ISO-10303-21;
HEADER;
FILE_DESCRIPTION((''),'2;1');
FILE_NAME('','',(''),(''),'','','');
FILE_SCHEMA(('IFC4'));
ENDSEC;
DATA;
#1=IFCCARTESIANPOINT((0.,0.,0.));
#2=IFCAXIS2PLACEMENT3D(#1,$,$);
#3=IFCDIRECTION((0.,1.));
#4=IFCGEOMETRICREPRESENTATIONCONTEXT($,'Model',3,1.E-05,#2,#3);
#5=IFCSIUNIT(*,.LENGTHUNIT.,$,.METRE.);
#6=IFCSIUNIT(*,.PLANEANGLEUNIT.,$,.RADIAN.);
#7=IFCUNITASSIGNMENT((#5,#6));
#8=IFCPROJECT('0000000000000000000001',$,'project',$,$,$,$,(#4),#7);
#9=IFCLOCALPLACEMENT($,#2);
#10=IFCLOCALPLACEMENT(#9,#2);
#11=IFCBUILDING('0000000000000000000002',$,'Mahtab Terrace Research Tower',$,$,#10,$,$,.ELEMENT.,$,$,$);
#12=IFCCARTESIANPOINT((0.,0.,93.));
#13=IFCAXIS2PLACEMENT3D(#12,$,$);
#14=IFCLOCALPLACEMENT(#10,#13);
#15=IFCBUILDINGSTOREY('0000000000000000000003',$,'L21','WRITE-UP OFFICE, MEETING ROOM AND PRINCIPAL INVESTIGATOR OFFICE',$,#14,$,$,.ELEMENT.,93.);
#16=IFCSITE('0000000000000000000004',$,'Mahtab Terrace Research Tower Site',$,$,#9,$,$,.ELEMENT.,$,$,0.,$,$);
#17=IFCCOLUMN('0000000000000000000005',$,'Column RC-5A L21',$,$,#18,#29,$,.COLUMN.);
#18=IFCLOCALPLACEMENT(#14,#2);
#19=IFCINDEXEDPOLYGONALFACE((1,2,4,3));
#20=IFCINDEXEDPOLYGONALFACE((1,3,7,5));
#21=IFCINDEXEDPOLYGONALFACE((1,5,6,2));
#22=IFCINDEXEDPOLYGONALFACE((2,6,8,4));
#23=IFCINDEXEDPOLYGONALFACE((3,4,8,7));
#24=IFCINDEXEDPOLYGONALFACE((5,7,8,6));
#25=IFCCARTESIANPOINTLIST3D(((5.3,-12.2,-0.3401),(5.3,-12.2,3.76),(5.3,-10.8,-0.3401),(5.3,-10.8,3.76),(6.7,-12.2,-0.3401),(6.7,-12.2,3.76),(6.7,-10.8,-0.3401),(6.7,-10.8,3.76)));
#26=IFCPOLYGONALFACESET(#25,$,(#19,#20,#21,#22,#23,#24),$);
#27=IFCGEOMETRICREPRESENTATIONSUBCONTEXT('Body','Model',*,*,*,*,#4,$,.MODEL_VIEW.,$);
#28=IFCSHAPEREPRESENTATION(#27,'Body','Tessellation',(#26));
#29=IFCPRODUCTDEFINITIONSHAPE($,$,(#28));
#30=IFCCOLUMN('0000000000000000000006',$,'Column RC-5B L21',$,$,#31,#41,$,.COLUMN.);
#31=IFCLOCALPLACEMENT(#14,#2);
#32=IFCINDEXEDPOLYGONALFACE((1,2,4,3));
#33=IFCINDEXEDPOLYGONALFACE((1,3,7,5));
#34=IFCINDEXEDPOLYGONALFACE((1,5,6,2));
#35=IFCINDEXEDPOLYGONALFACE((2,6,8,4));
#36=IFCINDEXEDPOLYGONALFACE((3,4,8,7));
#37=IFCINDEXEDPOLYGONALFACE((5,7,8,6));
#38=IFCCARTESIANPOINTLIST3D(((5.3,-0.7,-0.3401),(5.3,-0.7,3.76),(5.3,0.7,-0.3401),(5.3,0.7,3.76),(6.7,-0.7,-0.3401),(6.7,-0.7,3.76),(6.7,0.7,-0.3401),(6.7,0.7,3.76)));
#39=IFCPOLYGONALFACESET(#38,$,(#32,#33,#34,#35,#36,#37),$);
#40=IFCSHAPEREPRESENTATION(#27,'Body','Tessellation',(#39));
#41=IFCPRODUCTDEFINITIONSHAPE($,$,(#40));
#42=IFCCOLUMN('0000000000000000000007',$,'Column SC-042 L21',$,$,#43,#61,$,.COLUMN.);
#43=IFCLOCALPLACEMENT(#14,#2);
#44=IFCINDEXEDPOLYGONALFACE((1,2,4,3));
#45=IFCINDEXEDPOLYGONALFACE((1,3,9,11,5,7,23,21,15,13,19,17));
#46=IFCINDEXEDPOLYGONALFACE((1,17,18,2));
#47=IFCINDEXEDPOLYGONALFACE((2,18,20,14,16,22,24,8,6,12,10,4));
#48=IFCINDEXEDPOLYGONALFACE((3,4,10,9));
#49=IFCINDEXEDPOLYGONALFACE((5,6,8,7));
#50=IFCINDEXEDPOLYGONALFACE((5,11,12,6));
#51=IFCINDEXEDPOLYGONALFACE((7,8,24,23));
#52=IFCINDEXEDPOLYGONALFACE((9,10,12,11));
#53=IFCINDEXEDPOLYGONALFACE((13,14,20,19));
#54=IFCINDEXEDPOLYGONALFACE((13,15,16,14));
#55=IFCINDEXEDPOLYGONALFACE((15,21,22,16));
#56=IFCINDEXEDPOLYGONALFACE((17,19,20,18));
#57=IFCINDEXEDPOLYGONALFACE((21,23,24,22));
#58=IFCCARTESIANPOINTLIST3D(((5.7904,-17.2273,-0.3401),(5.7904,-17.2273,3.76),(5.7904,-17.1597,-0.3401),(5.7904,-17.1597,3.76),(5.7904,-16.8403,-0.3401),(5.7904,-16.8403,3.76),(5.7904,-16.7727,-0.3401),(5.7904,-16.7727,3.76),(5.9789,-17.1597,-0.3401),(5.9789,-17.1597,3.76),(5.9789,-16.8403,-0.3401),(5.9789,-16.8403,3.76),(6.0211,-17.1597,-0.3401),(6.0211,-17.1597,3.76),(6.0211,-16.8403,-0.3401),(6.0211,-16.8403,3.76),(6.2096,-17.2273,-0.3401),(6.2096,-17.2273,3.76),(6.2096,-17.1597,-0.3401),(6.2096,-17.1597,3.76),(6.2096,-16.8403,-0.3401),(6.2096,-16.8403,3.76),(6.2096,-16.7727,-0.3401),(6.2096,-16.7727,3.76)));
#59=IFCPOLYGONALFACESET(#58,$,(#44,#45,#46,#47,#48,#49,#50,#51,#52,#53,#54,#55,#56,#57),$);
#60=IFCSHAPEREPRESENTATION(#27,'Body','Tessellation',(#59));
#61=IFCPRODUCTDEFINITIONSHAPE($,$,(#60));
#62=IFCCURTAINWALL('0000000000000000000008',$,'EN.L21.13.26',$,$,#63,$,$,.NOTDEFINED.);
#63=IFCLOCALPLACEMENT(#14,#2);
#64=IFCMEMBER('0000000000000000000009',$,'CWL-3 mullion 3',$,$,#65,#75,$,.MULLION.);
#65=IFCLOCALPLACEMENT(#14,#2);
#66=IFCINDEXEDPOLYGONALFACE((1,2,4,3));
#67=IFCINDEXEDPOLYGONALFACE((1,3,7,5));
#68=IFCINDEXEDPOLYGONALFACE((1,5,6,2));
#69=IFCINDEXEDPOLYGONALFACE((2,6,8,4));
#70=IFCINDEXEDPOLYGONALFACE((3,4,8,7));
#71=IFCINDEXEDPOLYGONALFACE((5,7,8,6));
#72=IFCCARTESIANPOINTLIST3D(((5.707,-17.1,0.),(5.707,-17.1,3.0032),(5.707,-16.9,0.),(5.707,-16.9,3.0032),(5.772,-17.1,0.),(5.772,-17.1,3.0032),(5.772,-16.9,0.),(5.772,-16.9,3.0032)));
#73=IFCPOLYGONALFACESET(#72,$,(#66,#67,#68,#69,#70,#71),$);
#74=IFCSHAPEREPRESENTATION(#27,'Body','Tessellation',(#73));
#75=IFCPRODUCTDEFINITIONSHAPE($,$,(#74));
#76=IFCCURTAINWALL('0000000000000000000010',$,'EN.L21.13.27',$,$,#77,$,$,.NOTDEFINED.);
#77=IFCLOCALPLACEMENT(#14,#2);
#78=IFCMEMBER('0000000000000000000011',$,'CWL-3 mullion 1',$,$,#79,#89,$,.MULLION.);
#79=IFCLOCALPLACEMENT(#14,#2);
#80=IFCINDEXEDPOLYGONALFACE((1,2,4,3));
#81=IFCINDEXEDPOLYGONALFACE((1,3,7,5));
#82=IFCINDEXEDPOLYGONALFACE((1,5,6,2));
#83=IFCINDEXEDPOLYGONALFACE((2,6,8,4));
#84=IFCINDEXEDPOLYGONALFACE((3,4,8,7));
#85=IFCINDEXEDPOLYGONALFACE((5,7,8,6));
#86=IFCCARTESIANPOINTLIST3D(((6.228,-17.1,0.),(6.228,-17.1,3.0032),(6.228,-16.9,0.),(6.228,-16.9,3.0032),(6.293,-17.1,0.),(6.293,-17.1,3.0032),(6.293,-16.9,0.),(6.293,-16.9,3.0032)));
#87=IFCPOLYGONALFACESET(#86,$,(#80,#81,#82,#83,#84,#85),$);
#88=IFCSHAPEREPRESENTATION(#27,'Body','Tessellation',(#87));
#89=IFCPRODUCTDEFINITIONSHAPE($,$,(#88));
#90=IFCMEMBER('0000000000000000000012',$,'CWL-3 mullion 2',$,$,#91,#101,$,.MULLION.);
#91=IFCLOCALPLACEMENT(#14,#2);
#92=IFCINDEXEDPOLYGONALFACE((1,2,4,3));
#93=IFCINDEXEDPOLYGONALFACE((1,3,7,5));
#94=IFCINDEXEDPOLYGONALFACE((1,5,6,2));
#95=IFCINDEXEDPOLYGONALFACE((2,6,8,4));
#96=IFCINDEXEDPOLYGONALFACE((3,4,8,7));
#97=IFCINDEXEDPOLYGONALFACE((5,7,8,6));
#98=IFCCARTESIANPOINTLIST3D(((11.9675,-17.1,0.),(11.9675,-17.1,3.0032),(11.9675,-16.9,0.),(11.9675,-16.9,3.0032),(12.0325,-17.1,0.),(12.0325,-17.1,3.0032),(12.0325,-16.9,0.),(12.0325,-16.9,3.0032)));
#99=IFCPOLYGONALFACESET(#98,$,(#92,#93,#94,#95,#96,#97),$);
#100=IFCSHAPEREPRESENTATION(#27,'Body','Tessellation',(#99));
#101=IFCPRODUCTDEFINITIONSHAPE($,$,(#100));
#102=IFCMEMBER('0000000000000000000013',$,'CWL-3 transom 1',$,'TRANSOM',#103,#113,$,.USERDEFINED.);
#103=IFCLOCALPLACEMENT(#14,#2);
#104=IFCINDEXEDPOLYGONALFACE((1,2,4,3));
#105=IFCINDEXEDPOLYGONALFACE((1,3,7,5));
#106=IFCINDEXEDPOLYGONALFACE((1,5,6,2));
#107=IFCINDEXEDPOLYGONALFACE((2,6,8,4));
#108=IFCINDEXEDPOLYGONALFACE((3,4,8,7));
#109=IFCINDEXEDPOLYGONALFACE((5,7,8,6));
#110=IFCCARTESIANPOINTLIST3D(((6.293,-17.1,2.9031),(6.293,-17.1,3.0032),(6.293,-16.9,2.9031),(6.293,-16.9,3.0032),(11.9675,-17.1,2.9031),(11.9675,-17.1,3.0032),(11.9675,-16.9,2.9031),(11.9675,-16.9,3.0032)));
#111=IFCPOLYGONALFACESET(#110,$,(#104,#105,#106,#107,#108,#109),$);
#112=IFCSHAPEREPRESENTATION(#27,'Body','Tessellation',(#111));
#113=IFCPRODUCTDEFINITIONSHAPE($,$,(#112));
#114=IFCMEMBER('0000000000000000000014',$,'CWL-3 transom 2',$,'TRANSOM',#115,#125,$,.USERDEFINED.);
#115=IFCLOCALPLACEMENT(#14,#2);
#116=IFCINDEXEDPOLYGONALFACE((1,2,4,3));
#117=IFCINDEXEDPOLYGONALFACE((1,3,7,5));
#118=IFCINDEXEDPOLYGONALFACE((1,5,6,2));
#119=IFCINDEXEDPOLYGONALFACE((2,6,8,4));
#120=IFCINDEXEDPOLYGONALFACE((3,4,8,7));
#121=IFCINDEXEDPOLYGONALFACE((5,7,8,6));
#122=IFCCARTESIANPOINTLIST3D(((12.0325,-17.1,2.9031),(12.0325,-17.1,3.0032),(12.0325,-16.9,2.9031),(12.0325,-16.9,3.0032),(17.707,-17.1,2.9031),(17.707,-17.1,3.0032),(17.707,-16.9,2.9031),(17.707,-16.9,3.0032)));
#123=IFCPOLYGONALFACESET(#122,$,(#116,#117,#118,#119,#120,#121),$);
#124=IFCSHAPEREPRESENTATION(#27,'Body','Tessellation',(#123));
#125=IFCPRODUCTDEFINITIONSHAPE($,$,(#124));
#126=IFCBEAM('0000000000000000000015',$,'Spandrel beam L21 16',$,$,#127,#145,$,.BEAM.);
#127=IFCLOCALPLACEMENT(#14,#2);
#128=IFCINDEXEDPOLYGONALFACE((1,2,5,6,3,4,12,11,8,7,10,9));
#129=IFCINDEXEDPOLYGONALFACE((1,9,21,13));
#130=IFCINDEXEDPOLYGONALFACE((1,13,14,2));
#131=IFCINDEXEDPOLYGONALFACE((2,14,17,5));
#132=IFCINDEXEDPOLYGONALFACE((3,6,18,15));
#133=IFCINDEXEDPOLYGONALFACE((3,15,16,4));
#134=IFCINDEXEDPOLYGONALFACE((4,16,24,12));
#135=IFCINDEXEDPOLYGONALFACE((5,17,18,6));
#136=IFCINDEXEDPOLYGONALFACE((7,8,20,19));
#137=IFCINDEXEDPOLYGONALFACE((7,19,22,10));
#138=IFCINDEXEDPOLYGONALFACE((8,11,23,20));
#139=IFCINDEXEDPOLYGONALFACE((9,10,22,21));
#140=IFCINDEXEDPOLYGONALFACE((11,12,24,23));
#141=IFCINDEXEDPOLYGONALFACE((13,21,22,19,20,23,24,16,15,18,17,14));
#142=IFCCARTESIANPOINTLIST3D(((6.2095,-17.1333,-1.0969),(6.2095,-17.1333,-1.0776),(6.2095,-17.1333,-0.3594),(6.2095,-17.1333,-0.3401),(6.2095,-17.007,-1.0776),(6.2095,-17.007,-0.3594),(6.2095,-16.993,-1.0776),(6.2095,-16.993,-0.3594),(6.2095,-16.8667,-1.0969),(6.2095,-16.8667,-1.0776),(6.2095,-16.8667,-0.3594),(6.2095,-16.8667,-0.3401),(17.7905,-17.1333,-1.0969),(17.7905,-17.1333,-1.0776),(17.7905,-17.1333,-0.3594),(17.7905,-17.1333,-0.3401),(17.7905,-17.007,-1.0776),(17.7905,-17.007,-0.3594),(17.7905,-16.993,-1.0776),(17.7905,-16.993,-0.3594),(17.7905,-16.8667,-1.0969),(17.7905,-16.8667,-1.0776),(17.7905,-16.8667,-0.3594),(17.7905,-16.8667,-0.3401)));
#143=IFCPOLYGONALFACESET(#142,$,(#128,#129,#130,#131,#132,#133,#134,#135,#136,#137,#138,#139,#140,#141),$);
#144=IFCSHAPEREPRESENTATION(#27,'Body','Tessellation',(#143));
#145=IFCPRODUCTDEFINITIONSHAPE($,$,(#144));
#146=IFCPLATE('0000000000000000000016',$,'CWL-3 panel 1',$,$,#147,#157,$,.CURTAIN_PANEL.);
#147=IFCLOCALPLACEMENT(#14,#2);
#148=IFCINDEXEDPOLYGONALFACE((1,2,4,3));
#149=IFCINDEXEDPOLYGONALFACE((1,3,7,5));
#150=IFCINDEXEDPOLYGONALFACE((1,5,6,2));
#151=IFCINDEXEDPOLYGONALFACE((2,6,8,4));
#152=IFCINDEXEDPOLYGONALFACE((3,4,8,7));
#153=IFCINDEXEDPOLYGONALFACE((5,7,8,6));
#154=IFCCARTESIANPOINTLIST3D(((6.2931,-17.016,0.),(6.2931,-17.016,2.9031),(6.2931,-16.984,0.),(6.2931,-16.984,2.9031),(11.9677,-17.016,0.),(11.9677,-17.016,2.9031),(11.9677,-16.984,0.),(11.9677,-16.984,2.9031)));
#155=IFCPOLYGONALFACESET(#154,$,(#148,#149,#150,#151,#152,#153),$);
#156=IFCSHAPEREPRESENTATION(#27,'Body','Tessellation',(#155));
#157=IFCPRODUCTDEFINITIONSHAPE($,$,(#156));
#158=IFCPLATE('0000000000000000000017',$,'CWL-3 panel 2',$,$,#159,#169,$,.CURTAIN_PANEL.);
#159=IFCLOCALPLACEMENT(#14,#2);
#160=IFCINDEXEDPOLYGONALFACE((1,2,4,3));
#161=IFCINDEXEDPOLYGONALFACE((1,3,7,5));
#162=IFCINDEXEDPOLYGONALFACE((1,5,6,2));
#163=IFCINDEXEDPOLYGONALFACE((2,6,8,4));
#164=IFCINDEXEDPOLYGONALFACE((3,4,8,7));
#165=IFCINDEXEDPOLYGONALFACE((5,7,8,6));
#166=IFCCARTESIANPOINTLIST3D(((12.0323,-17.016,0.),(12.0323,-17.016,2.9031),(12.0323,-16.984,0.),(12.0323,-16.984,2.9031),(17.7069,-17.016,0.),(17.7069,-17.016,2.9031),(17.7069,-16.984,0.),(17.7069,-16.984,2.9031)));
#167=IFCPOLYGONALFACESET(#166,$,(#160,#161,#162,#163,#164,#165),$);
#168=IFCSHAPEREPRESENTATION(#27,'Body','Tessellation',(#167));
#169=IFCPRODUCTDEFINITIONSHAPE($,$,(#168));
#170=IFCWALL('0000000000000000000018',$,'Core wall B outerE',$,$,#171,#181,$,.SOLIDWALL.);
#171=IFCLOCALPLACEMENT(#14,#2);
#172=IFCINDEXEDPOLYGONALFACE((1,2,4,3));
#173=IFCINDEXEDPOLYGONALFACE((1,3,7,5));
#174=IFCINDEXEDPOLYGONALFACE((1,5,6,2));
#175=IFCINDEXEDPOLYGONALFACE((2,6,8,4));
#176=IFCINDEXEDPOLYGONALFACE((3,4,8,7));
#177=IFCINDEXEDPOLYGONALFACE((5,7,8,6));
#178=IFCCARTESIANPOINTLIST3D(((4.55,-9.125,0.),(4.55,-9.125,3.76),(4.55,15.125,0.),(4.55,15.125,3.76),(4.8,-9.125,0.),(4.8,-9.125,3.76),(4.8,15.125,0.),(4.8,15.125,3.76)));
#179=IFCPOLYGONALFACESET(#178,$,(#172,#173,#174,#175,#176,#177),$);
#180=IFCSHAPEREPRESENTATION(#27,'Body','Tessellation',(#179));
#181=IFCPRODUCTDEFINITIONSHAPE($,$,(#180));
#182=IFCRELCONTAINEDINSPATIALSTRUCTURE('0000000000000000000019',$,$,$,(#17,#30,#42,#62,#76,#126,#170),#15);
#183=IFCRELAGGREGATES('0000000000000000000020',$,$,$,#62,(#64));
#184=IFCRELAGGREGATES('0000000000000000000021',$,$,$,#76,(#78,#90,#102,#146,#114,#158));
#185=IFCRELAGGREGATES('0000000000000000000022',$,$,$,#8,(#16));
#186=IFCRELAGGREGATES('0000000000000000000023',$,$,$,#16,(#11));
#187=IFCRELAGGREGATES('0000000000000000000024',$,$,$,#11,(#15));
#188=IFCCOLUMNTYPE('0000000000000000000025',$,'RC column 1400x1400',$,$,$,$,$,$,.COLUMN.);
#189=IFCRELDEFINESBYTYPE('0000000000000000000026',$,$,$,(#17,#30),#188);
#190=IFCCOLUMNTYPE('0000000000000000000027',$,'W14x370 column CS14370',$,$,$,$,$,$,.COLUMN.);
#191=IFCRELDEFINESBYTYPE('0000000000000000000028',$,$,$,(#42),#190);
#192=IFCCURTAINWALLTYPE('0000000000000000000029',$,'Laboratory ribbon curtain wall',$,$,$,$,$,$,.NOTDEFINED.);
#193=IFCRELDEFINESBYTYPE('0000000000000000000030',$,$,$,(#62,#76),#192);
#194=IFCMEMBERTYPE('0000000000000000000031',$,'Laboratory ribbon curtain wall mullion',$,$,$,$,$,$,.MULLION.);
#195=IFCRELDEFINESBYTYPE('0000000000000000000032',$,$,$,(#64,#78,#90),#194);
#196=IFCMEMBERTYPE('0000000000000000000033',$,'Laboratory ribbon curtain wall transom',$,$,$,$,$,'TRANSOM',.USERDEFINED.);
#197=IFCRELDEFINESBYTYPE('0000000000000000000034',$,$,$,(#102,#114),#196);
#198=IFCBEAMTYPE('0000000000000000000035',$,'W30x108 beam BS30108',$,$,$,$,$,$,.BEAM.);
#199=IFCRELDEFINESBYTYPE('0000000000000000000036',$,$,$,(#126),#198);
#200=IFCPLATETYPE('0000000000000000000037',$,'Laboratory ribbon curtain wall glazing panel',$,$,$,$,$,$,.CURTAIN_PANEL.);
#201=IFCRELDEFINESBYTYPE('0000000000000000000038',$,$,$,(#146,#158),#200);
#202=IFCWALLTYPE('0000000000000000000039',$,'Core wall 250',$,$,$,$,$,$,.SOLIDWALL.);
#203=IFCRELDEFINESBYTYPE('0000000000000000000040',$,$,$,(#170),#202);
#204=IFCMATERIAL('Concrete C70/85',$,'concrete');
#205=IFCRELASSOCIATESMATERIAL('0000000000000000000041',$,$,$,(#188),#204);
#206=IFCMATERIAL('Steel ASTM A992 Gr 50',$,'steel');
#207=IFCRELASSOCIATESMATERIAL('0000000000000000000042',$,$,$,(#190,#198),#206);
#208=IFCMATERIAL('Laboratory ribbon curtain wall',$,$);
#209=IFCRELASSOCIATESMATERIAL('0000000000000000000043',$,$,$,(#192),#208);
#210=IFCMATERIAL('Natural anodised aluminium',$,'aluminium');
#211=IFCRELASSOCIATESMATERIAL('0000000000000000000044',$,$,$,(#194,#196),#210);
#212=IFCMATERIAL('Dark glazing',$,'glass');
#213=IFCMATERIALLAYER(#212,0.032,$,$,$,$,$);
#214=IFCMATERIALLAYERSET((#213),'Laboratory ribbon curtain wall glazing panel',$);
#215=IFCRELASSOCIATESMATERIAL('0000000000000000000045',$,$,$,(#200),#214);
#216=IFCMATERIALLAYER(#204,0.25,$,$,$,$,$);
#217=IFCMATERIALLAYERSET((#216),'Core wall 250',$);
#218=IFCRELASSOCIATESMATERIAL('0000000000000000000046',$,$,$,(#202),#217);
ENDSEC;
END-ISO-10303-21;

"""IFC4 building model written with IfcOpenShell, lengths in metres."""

from ifc_helpers import new_model, si_unit, direction, frame, frame_2d, origin, origin_2d, place, context, subcontext, project, spatial, rectangle, i_section, extrude, material, layer, layer_set, material_profile, profile_set, type_object, element, aggregate, save


model = new_model("IFC4")

# Units and contexts
model_context = context("Model", 3, precision=1e-05, world=origin(), true_north=direction((0.0, 1.0)))
body_context = subcontext(model_context, "Body", "Model", "MODEL_VIEW")
ifc_project = project(units=[si_unit("LENGTHUNIT", "METRE"), si_unit("PLANEANGLEUNIT", "RADIAN")], contexts=[model_context])

# Site, building, storey
site_placement = place(None, origin())
site = spatial("IfcSite", under=ifc_project, at=site_placement, Name="Mahtab Terrace Research Tower Site", CompositionType="ELEMENT", RefElevation=0.0)
building_placement = place(site_placement, origin())
building = spatial("IfcBuilding", under=site, at=building_placement, Name="Mahtab Terrace Research Tower", CompositionType="ELEMENT")
storey_placement = place(building_placement, frame((0.0, 0.0, 93.0)))
storey = spatial("IfcBuildingStorey", under=building, at=storey_placement, Name="L21", Description="WRITE-UP OFFICE, MEETING ROOM AND PRINCIPAL INVESTIGATOR OFFICE", CompositionType="ELEMENT", Elevation=93.0)

# Columns
ifc_material_1 = material(Name="Concrete C70/85", Category="concrete")
ifc_material_profile_1 = material_profile(ifc_material_1, rectangle(XDim=1.3999, YDim=1.3999, at=origin_2d()), Name="RC column 1400x1400")
ifc_profile_set_1 = profile_set([ifc_material_profile_1], Name="Concrete C70/85")
column_type_1 = type_object("IfcColumnType", Name="RC column 1400x1400", PredefinedType="COLUMN", material=ifc_profile_set_1)
for number, where, z_axis, x_axis, name in (
    (1, (6.0, -11.5, -0.3401), (0.0, 0.0, 1.0), (1.0, 0.0, 0.0), "Column RC-5A L21"),
    (2, (6.0, 0.0, -0.3401), (0.0, 0.0, 1.0), (1.0, 0.0, 0.0), "Column RC-5B L21"),
):
    element("IfcColumn", number, at=place(storey_placement, frame(where, z_axis=z_axis, x_axis=x_axis)), inside=storey, type_object=column_type_1, Name=name, PredefinedType="COLUMN", context=body_context, shape_type="SweptSolid", body=[
        extrude(rectangle(XDim=1.3999, YDim=1.3999, at=origin_2d()), origin(), (0.0, 0.0, 1.0), 4.1001),
    ])
ifc_material_2 = material(Name="Steel ASTM A992 Gr 50", Category="steel")
ifc_material_profile_2 = material_profile(ifc_material_2, i_section(OverallWidth=0.4192, OverallDepth=0.4546, WebThickness=0.0422, FlangeThickness=0.0676, at=origin_2d()), Name="W14X370")
ifc_profile_set_2 = profile_set([ifc_material_profile_2], Name="Steel ASTM A992 Gr 50")
column_type_2 = type_object("IfcColumnType", Name="W14x370 column CS14370", PredefinedType="COLUMN", material=ifc_profile_set_2)
column_placement = place(storey_placement, frame((6.0, -17.0, -0.3401), z_axis=(0.0, 0.0, 1.0), x_axis=(1.0, 0.0, 0.0)))
element("IfcColumn", 3, at=column_placement, inside=storey, type_object=column_type_2, Name="Column SC-042 L21", PredefinedType="COLUMN", context=body_context, shape_type="SweptSolid", body=[
    extrude(i_section(OverallWidth=0.4192, OverallDepth=0.4546, WebThickness=0.0422, FlangeThickness=0.0676, at=origin_2d()), origin(), (0.0, 0.0, 1.0), 4.1001),
])

# Curtain wall, member
ifc_material_3 = material(Name="Laboratory ribbon curtain wall")
curtain_wall_type = type_object("IfcCurtainWallType", Name="Laboratory ribbon curtain wall", PredefinedType="NOTDEFINED", material=ifc_material_3)
curtain_wall_1_placement = place(storey_placement, origin())
curtain_wall_1 = element("IfcCurtainWall", 4, at=curtain_wall_1_placement, inside=storey, type_object=curtain_wall_type, Name="EN.L21.13.26", PredefinedType="NOTDEFINED")
ifc_material_4 = material(Name="Natural anodised aluminium", Category="aluminium")
ifc_material_profile_3 = material_profile(ifc_material_4, rectangle(XDim=0.2, YDim=0.0649, at=origin_2d()), Name="MULLION 65x200")
ifc_profile_set_3 = profile_set([ifc_material_profile_3], Name="Natural anodised aluminium")
member_type_1 = type_object("IfcMemberType", Name="Laboratory ribbon curtain wall mullion", PredefinedType="MULLION", material=ifc_profile_set_3)
member_1_placement = place(storey_placement, frame((5.7395, -17.0, 0.0), z_axis=(0.0, 0.0, 1.0), x_axis=(0.0, 1.0, 0.0)))
member_1 = element("IfcMember", 5, at=member_1_placement, type_object=member_type_1, Name="CWL-3 mullion 3", PredefinedType="MULLION", context=body_context, shape_type="SweptSolid", body=[
    extrude(rectangle(XDim=0.2, YDim=0.0649, at=origin_2d()), origin(), (0.0, 0.0, 1.0), 3.0032),
])
aggregate(curtain_wall_1, [member_1])

# Curtain wall, members
curtain_wall_2_placement = place(storey_placement, origin())
curtain_wall_2 = element("IfcCurtainWall", 6, at=curtain_wall_2_placement, inside=storey, type_object=curtain_wall_type, Name="EN.L21.13.27", PredefinedType="NOTDEFINED")
member_2_placement = place(storey_placement, frame((6.2605, -17.0, 0.0), z_axis=(0.0, 0.0, 1.0), x_axis=(0.0, 1.0, 0.0)))
member_2 = element("IfcMember", 7, at=member_2_placement, type_object=member_type_1, Name="CWL-3 mullion 1", PredefinedType="MULLION", context=body_context, shape_type="SweptSolid", body=[
    extrude(rectangle(XDim=0.2, YDim=0.0649, at=origin_2d()), origin(), (0.0, 0.0, 1.0), 3.0032),
])
member_3_placement = place(storey_placement, frame((12.0, -17.0, 0.0), z_axis=(0.0, 0.0, 1.0), x_axis=(0.0, 1.0, 0.0)))
member_3 = element("IfcMember", 8, at=member_3_placement, type_object=member_type_1, Name="CWL-3 mullion 2", PredefinedType="MULLION", context=body_context, shape_type="SweptSolid", body=[
    extrude(rectangle(XDim=0.2, YDim=0.0649, at=origin_2d()), origin(), (0.0, 0.0, 1.0), 3.0032),
])
ifc_material_profile_4 = material_profile(ifc_material_4, rectangle(XDim=0.2, YDim=0.1001, at=origin_2d()), Name="TRANSOM 100x200")
ifc_profile_set_4 = profile_set([ifc_material_profile_4], Name="Natural anodised aluminium")
member_type_2 = type_object("IfcMemberType", Name="Laboratory ribbon curtain wall transom", ElementType="TRANSOM", PredefinedType="USERDEFINED", material=ifc_profile_set_4)
member_4_placement = place(storey_placement, frame((6.293, -17.0, 2.9531), z_axis=(1.0, 0.0, 0.0), x_axis=(0.0, 1.0, 0.0)))
member_4 = element("IfcMember", 9, at=member_4_placement, type_object=member_type_2, Name="CWL-3 transom 1", ObjectType="TRANSOM", PredefinedType="USERDEFINED", context=body_context, shape_type="SweptSolid", body=[
    extrude(rectangle(XDim=0.2, YDim=0.1001, at=origin_2d()), origin(), (0.0, 0.0, 1.0), 5.6746),
])
member_5_placement = place(storey_placement, frame((12.0325, -17.0, 2.9531), z_axis=(1.0, 0.0, 0.0), x_axis=(0.0, 1.0, 0.0)))
member_5 = element("IfcMember", 10, at=member_5_placement, type_object=member_type_2, Name="CWL-3 transom 2", ObjectType="TRANSOM", PredefinedType="USERDEFINED", context=body_context, shape_type="SweptSolid", body=[
    extrude(rectangle(XDim=0.2, YDim=0.1001, at=origin_2d()), origin(), (0.0, 0.0, 1.0), 5.6746),
])

# Beam
ifc_material_profile_5 = material_profile(ifc_material_2, i_section(OverallWidth=0.2666, OverallDepth=0.7568, WebThickness=0.0139, FlangeThickness=0.0193, at=origin_2d()), Name="W30X108")
ifc_profile_set_5 = profile_set([ifc_material_profile_5], Name="Steel ASTM A992 Gr 50")
beam_type = type_object("IfcBeamType", Name="W30x108 beam BS30108", PredefinedType="BEAM", material=ifc_profile_set_5)
beam_placement = place(storey_placement, frame((6.2095, -17.0, -0.7185), z_axis=(1.0, 0.0, 0.0), x_axis=(0.0, 1.0, 0.0)))
element("IfcBeam", 11, at=beam_placement, inside=storey, type_object=beam_type, Name="Spandrel beam L21 16", PredefinedType="BEAM", context=body_context, shape_type="SweptSolid", body=[
    extrude(i_section(OverallWidth=0.2666, OverallDepth=0.7568, WebThickness=0.0139, FlangeThickness=0.0193, at=origin_2d()), origin(), (0.0, 0.0, 1.0), 11.5811),
])

# Plates
ifc_material_5 = material(Name="Dark glazing", Category="glass")
ifc_layer_1 = layer(ifc_material_5, 0.032)
ifc_layer_set_1 = layer_set([ifc_layer_1], Name="Laboratory ribbon curtain wall glazing panel")
plate_type = type_object("IfcPlateType", Name="Laboratory ribbon curtain wall glazing panel", PredefinedType="CURTAIN_PANEL", material=ifc_layer_set_1)
plate_1_placement = place(storey_placement, frame((9.1304, -17.0, 0.0), z_axis=(0.0, 0.0, 1.0), x_axis=(1.0, 0.0, 0.0)))
plate_1 = element("IfcPlate", 12, at=plate_1_placement, type_object=plate_type, Name="CWL-3 panel 1", PredefinedType="CURTAIN_PANEL", context=body_context, shape_type="SweptSolid", body=[
    extrude(rectangle(XDim=5.6746, YDim=0.032, at=origin_2d()), origin(), (0.0, 0.0, 1.0), 2.9031),
])
plate_2_placement = place(storey_placement, frame((14.8696, -17.0, 0.0), z_axis=(0.0, 0.0, 1.0), x_axis=(1.0, 0.0, 0.0)))
plate_2 = element("IfcPlate", 13, at=plate_2_placement, type_object=plate_type, Name="CWL-3 panel 2", PredefinedType="CURTAIN_PANEL", context=body_context, shape_type="SweptSolid", body=[
    extrude(rectangle(XDim=5.6746, YDim=0.032, at=origin_2d()), origin(), (0.0, 0.0, 1.0), 2.9031),
])
aggregate(curtain_wall_2, [member_2, member_3, member_4, plate_1, member_5, plate_2])

# Wall
ifc_layer_2 = layer(ifc_material_1, 0.25)
ifc_layer_set_2 = layer_set([ifc_layer_2], Name="Core wall 250")
wall_type_1 = type_object("IfcWallType", Name="Core wall 250", PredefinedType="SOLIDWALL", material=ifc_layer_set_2)
wall_1_placement = place(storey_placement, frame((4.675, -9.125, 0.0), z_axis=(0.0, 0.0, 1.0), x_axis=(0.0, 1.0, 0.0)))
element("IfcWall", 14, at=wall_1_placement, inside=storey, type_object=wall_type_1, Name="Core wall B outerE", PredefinedType="SOLIDWALL", context=body_context, shape_type="SweptSolid", body=[
    extrude(rectangle(XDim=24.25, YDim=0.25, at=frame_2d((12.125, 0.0))), origin(), (0.0, 0.0, 1.0), 3.76),
])

save(model, "model.ifc")
